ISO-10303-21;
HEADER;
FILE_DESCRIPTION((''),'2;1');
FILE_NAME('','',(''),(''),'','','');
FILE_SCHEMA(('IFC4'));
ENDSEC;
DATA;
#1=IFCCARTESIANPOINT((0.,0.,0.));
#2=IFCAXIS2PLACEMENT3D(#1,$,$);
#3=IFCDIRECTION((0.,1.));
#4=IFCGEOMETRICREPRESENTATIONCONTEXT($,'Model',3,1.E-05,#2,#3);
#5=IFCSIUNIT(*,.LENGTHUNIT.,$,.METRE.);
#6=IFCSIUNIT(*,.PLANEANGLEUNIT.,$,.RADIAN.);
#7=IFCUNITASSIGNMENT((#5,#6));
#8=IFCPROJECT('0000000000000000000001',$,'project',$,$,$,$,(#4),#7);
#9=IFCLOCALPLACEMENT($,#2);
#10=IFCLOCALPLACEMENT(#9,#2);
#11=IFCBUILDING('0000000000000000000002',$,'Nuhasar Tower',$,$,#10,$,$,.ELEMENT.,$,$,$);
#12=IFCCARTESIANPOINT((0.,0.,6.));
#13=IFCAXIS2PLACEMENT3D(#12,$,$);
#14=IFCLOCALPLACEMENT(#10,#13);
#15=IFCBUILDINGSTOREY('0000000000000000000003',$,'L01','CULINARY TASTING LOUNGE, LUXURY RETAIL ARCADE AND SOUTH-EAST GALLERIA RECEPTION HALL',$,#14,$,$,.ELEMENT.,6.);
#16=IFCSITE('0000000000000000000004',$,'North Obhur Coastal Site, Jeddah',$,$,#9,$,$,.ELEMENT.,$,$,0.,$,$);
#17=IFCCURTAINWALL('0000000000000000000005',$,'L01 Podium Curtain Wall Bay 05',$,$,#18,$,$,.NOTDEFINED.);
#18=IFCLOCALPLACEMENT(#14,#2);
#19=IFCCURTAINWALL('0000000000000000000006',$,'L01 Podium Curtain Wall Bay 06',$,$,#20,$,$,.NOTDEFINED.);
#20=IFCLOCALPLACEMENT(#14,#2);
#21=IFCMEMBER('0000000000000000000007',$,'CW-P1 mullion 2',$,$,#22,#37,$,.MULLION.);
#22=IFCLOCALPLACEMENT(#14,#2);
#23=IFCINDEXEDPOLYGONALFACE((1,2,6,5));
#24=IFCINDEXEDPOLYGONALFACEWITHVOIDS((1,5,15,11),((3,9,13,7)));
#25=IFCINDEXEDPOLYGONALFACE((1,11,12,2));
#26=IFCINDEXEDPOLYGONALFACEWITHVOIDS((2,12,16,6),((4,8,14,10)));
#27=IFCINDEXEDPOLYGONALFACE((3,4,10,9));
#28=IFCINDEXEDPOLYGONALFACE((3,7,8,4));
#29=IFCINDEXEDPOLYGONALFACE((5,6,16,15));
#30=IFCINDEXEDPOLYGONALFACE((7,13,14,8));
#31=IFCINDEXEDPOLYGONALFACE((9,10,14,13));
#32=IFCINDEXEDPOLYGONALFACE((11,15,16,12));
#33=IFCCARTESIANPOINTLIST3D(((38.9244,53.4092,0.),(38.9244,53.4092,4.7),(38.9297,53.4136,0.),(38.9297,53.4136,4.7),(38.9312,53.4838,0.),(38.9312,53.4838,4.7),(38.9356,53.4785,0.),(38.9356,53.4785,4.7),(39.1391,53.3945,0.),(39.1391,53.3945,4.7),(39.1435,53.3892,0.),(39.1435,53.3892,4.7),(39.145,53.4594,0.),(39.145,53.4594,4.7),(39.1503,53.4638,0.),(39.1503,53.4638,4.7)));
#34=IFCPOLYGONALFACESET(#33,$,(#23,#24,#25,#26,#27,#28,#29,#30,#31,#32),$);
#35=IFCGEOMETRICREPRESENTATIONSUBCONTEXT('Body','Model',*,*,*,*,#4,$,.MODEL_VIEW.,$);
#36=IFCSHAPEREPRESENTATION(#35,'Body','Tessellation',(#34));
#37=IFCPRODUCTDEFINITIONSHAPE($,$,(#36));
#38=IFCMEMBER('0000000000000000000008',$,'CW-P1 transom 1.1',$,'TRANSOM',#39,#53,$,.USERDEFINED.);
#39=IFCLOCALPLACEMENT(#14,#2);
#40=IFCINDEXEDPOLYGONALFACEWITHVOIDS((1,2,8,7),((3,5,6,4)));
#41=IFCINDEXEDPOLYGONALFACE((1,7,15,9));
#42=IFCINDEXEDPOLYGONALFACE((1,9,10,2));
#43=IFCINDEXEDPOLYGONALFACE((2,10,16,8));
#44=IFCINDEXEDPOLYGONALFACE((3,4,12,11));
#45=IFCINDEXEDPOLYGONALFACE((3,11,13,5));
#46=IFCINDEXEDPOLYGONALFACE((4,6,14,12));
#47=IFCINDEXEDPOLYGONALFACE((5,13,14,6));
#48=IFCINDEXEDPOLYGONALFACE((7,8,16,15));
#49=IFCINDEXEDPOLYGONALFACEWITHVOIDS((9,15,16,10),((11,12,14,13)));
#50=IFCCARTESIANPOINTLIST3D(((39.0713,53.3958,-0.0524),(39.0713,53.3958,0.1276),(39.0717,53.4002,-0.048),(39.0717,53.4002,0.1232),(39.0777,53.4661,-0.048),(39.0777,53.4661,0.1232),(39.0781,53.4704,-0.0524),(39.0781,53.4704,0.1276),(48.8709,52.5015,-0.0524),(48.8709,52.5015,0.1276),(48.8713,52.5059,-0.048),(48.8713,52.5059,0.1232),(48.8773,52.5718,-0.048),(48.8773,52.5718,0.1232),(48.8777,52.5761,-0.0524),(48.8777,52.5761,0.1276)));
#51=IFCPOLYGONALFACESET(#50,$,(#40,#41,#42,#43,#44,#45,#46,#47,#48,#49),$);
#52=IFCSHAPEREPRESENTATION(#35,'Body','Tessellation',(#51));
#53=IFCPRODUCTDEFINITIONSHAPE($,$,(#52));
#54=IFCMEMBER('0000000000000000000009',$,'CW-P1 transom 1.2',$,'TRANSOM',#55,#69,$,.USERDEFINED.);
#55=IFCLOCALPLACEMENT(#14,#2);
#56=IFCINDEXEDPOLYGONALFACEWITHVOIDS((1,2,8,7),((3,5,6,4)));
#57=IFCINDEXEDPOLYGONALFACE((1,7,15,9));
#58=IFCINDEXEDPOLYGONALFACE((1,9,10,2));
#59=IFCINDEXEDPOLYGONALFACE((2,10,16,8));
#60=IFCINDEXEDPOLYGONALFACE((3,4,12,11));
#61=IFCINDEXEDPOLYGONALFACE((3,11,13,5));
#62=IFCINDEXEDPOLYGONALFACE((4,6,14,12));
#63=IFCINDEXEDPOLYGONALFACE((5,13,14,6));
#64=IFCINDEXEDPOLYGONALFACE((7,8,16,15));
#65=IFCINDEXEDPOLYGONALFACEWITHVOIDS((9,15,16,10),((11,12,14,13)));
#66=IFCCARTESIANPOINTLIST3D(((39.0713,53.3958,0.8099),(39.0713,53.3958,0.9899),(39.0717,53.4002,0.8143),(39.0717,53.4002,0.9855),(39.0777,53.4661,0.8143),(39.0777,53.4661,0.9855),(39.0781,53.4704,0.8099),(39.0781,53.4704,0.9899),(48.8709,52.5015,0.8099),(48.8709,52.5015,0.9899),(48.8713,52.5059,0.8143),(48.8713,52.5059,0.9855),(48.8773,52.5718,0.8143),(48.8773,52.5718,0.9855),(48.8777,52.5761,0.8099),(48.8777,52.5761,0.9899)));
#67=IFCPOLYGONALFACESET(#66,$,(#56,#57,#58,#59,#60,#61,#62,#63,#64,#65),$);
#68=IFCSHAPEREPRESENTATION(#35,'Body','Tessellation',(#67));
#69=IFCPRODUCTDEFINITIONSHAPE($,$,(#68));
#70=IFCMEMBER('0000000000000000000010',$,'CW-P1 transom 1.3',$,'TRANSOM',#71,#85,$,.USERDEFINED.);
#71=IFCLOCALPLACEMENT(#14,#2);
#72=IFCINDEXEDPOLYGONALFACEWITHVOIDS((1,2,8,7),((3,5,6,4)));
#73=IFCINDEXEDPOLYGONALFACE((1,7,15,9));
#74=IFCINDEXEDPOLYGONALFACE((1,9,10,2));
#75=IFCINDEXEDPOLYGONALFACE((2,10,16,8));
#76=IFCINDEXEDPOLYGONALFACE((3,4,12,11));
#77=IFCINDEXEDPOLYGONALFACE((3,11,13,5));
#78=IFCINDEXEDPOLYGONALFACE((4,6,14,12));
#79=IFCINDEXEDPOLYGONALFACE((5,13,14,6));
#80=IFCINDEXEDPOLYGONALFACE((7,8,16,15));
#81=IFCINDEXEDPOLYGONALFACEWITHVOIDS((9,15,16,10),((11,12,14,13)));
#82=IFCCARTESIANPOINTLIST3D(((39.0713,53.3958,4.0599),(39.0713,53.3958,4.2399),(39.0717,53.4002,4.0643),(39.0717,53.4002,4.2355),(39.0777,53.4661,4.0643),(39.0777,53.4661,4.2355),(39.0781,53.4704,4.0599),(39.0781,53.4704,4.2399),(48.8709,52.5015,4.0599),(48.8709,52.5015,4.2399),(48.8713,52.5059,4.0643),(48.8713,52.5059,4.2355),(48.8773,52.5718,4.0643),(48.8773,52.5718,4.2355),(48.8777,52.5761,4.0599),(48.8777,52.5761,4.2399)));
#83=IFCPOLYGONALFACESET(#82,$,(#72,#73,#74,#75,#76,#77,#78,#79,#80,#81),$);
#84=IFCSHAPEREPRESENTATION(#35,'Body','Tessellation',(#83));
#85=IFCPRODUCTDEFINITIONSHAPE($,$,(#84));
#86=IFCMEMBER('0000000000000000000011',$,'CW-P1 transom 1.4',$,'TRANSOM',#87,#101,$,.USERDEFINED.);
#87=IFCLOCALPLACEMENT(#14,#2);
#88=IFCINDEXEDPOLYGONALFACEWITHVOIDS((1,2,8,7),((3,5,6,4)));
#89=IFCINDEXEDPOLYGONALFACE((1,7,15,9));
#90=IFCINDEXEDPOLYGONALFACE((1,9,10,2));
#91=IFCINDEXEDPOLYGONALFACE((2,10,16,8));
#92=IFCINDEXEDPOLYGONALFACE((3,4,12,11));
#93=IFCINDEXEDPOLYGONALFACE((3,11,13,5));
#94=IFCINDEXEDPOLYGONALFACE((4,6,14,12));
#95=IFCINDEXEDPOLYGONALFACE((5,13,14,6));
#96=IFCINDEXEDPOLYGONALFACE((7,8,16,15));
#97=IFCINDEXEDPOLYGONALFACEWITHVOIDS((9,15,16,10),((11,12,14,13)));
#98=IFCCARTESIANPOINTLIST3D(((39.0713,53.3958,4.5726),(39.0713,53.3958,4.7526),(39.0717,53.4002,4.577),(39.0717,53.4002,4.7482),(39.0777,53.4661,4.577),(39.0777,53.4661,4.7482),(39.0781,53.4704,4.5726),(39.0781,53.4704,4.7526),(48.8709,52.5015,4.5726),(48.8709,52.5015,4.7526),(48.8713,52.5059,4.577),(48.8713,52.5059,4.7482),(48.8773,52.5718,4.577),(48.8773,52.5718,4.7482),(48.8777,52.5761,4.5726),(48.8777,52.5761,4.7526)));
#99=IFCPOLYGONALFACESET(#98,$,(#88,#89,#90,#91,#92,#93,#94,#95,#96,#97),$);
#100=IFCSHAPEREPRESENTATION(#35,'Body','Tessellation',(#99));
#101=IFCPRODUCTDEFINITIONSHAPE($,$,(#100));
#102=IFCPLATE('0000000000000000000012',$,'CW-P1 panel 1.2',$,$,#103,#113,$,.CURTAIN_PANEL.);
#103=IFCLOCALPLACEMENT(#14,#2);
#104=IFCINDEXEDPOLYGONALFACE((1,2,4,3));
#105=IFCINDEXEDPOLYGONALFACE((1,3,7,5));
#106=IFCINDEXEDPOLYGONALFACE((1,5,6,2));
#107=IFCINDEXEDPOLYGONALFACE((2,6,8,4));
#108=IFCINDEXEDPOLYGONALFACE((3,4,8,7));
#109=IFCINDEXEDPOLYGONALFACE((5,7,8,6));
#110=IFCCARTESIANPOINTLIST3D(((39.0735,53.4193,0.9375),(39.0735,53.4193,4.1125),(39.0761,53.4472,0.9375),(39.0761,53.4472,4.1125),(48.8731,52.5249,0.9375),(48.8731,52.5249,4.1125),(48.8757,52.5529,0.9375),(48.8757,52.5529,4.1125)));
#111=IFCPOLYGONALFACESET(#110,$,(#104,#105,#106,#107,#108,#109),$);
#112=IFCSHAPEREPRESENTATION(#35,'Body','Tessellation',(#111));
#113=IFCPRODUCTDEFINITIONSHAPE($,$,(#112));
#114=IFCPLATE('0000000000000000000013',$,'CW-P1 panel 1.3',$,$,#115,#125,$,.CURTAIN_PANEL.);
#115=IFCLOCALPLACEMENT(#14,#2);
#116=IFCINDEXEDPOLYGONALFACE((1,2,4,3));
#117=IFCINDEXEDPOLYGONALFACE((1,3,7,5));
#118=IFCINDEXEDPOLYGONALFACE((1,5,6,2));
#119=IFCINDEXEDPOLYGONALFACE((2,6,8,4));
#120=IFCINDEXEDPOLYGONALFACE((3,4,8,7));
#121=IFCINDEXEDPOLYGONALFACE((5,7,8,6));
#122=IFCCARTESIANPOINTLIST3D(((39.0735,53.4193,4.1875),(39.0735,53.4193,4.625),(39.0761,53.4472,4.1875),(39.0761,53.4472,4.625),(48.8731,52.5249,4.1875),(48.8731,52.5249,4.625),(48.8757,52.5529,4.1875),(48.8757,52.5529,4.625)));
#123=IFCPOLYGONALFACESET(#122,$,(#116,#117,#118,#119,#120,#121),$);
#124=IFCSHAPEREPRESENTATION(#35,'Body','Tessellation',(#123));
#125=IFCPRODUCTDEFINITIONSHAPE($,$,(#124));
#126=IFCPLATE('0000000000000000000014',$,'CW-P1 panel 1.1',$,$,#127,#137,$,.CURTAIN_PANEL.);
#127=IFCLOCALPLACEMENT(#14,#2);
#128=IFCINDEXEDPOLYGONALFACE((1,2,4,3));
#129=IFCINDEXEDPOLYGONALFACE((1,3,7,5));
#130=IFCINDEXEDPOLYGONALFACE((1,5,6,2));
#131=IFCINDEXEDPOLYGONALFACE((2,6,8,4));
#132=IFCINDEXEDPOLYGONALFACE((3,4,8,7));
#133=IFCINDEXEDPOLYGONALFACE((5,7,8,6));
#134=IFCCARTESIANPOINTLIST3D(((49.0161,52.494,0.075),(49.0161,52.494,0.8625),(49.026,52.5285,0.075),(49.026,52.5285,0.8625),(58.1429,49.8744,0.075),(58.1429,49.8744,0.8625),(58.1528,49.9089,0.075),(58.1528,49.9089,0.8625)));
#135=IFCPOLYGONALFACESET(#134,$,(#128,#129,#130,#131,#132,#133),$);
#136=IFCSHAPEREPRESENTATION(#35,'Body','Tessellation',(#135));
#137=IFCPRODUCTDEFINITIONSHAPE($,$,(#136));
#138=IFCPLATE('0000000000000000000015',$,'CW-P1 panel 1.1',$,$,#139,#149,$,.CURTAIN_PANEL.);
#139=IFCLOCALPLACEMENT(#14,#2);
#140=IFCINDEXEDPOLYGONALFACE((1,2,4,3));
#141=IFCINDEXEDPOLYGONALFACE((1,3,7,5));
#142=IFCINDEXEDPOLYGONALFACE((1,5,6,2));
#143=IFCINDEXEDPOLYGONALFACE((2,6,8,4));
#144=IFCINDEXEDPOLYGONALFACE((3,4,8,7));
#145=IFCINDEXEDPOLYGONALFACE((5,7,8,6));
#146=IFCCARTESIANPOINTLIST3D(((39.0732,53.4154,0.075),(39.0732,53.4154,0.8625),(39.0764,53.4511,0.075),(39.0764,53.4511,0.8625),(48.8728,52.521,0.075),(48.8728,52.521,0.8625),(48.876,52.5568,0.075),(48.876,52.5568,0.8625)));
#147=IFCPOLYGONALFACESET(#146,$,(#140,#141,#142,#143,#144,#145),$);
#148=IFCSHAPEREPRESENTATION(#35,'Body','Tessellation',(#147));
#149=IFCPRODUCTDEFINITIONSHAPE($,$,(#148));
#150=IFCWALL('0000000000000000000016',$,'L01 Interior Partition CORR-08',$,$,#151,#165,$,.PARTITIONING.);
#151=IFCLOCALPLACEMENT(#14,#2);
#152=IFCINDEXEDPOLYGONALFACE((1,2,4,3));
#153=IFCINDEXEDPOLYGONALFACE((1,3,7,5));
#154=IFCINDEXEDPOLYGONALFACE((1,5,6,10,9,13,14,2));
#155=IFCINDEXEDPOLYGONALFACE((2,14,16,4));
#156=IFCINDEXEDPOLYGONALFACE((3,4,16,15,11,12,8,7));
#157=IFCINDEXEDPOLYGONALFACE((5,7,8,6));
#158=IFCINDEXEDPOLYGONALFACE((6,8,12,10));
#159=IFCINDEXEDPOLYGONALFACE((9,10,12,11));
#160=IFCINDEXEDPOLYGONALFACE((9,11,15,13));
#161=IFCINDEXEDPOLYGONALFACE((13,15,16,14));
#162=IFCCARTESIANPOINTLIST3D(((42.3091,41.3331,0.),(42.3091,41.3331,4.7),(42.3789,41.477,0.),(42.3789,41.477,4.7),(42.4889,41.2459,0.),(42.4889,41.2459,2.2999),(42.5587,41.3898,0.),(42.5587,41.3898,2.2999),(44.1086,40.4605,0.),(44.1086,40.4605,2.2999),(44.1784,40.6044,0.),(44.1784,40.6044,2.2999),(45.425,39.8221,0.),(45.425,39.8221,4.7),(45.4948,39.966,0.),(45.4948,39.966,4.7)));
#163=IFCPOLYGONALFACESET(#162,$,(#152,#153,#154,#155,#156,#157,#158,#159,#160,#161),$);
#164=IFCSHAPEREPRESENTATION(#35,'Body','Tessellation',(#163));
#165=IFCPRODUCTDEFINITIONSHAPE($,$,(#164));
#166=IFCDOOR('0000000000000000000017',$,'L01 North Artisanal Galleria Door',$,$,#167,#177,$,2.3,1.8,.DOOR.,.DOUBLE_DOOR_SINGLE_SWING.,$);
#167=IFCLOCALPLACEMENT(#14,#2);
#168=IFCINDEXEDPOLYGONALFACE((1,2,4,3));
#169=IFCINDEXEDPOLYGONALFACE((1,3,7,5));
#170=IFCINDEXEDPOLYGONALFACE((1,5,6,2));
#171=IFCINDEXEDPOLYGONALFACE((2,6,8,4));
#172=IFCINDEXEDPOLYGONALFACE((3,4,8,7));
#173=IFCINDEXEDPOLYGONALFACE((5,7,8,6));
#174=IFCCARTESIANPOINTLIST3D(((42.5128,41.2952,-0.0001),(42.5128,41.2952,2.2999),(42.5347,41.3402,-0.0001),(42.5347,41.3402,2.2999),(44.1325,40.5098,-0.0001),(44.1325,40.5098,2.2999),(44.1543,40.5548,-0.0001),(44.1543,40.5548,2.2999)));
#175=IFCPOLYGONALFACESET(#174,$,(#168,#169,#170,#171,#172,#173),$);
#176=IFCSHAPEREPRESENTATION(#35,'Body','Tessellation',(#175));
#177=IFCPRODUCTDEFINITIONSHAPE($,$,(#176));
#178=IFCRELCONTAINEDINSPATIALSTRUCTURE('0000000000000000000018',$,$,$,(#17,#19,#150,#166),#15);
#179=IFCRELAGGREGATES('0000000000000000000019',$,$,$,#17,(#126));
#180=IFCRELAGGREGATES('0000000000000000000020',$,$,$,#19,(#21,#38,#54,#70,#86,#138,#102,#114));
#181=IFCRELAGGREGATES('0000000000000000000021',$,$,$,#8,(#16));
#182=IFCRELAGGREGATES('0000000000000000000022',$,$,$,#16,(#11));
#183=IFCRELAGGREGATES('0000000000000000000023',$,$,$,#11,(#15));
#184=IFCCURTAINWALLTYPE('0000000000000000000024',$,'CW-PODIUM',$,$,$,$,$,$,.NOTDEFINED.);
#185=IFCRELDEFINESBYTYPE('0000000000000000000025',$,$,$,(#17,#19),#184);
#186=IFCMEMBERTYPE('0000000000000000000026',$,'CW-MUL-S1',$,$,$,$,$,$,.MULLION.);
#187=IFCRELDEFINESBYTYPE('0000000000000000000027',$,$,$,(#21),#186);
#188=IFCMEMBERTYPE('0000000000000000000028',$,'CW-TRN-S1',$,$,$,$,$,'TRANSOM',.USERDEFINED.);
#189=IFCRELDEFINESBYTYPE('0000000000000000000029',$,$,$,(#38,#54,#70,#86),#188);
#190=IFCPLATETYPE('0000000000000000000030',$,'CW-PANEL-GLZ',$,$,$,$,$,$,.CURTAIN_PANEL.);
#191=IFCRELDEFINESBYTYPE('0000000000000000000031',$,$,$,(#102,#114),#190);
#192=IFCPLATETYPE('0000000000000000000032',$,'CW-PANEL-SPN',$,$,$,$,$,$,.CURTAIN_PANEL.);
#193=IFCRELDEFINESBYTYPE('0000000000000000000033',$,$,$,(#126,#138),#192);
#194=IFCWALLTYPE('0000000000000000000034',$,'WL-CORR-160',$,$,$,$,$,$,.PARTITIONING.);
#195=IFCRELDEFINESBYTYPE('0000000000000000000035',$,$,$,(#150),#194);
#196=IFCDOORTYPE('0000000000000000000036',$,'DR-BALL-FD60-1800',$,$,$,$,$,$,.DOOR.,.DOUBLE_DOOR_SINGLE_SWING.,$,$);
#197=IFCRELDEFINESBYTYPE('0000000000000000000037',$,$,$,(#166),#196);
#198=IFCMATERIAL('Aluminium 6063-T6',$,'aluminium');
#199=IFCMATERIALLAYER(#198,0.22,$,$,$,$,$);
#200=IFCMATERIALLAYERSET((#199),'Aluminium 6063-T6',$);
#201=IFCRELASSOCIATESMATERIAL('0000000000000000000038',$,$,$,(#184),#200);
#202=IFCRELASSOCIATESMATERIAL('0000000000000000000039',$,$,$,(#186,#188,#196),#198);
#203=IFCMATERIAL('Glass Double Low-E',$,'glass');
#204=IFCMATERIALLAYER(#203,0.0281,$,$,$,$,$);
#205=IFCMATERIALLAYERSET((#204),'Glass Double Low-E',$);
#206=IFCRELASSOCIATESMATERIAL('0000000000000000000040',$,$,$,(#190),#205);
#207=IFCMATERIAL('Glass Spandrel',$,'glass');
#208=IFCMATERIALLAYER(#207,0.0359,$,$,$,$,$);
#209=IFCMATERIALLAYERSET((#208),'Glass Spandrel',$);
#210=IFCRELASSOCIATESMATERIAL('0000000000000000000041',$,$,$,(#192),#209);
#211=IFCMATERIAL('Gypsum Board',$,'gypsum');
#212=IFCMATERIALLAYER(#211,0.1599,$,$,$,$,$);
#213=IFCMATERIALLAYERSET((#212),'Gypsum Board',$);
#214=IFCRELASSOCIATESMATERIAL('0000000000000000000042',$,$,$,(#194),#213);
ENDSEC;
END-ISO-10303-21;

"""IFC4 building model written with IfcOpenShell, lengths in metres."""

from ifc_helpers import new_model, si_unit, direction, frame, frame_2d, origin, origin_2d, place, context, subcontext, project, spatial, rectangle, hollow_rectangle, extrude, material, layer, layer_set, material_profile, profile_set, type_object, element, fill, aggregate, save


model = new_model("IFC4")

# Units and contexts
model_context = context("Model", 3, precision=1e-05, world=origin(), true_north=direction((0.0, 1.0)))
body_context = subcontext(model_context, "Body", "Model", "MODEL_VIEW")
ifc_project = project(units=[si_unit("LENGTHUNIT", "METRE"), si_unit("PLANEANGLEUNIT", "RADIAN")], contexts=[model_context])

# Site, building, storey
site_placement = place(None, origin())
site = spatial("IfcSite", under=ifc_project, at=site_placement, Name="North Obhur Coastal Site, Jeddah", CompositionType="ELEMENT", RefElevation=0.0)
building_placement = place(site_placement, origin())
building = spatial("IfcBuilding", under=site, at=building_placement, Name="Nuhasar Tower", CompositionType="ELEMENT")
storey_placement = place(building_placement, frame((0.0, 0.0, 6.0)))
storey = spatial("IfcBuildingStorey", under=building, at=storey_placement, Name="L01", Description="CULINARY TASTING LOUNGE, LUXURY RETAIL ARCADE AND SOUTH-EAST GALLERIA RECEPTION HALL", CompositionType="ELEMENT", Elevation=6.0)

# Curtain wall
ifc_material_1 = material(Name="Aluminium 6063-T6", Category="aluminium")
ifc_layer_1 = layer(ifc_material_1, 0.22)
ifc_layer_set_1 = layer_set([ifc_layer_1], Name="Aluminium 6063-T6")
curtain_wall_type = type_object("IfcCurtainWallType", Name="CW-PODIUM", PredefinedType="NOTDEFINED", material=ifc_layer_set_1)
curtain_wall_1_placement = place(storey_placement, origin())
curtain_wall_1 = element("IfcCurtainWall", 1, at=curtain_wall_1_placement, inside=storey, type_object=curtain_wall_type, Name="L01 Podium Curtain Wall Bay 05", PredefinedType="NOTDEFINED")
ifc_material_profile_1 = material_profile(ifc_material_1, hollow_rectangle(XDim=0.075, YDim=0.22, WallThickness=0.0049, at=origin_2d()), Name="CWM-1")
ifc_profile_set_1 = profile_set([ifc_material_profile_1], Name="Aluminium 6063-T6")
member_type_1 = type_object("IfcMemberType", Name="CW-MUL-S1", PredefinedType="MULLION", material=ifc_profile_set_1)

# Curtain wall, members, plates
curtain_wall_2_placement = place(storey_placement, origin())
curtain_wall_2 = element("IfcCurtainWall", 2, at=curtain_wall_2_placement, inside=storey, type_object=curtain_wall_type, Name="L01 Podium Curtain Wall Bay 06", PredefinedType="NOTDEFINED")
member_1_placement = place(storey_placement, frame((39.0374, 53.4365, 0.0), z_axis=(0.0, 0.0, 1.0), x_axis=(-0.090888, -0.995861, 0.0)))
member_1 = element("IfcMember", 3, at=member_1_placement, type_object=member_type_1, Name="CW-P1 mullion 2", PredefinedType="MULLION", context=body_context, shape_type="SweptSolid", body=[
    extrude(hollow_rectangle(XDim=0.075, YDim=0.22, WallThickness=0.0049, at=origin_2d()), origin(), (0.0, 0.0, 1.0), 4.7),
])
ifc_material_profile_2 = material_profile(ifc_material_1, hollow_rectangle(XDim=0.075, YDim=0.1799, WallThickness=0.0044, at=origin_2d()), Name="CWT-1")
ifc_profile_set_2 = profile_set([ifc_material_profile_2], Name="Aluminium 6063-T6")
member_type_2 = type_object("IfcMemberType", Name="CW-TRN-S1", ElementType="TRANSOM", PredefinedType="USERDEFINED", material=ifc_profile_set_2)
member_2_placement = place(storey_placement, frame((48.8743, 52.5388, 0.0376), z_axis=(-0.995862, 0.09088, 0.0), x_axis=(-0.09088, -0.995862, 0.0)))
member_2 = element("IfcMember", 4, at=member_2_placement, type_object=member_type_2, Name="CW-P1 transom 1.1", ObjectType="TRANSOM", PredefinedType="USERDEFINED", context=body_context, shape_type="SweptSolid", body=[
    extrude(hollow_rectangle(XDim=0.075, YDim=0.1799, WallThickness=0.0044, at=origin_2d()), origin(), (0.0, 0.0, 1.0), 9.8403),
])
member_3_placement = place(storey_placement, frame((48.8743, 52.5388, 0.8999), z_axis=(-0.995862, 0.09088, 0.0), x_axis=(-0.09088, -0.995862, 0.0)))
member_3 = element("IfcMember", 5, at=member_3_placement, type_object=member_type_2, Name="CW-P1 transom 1.2", ObjectType="TRANSOM", PredefinedType="USERDEFINED", context=body_context, shape_type="SweptSolid", body=[
    extrude(hollow_rectangle(XDim=0.075, YDim=0.1799, WallThickness=0.0044, at=origin_2d()), origin(), (0.0, 0.0, 1.0), 9.8403),
])
member_4_placement = place(storey_placement, frame((48.8743, 52.5388, 4.1499), z_axis=(-0.995862, 0.09088, 0.0), x_axis=(-0.09088, -0.995862, 0.0)))
member_4 = element("IfcMember", 6, at=member_4_placement, type_object=member_type_2, Name="CW-P1 transom 1.3", ObjectType="TRANSOM", PredefinedType="USERDEFINED", context=body_context, shape_type="SweptSolid", body=[
    extrude(hollow_rectangle(XDim=0.075, YDim=0.1799, WallThickness=0.0044, at=origin_2d()), origin(), (0.0, 0.0, 1.0), 9.8403),
])
member_5_placement = place(storey_placement, frame((48.8743, 52.5388, 4.6626), z_axis=(-0.995862, 0.09088, 0.0), x_axis=(-0.09088, -0.995862, 0.0)))
member_5 = element("IfcMember", 7, at=member_5_placement, type_object=member_type_2, Name="CW-P1 transom 1.4", ObjectType="TRANSOM", PredefinedType="USERDEFINED", context=body_context, shape_type="SweptSolid", body=[
    extrude(hollow_rectangle(XDim=0.075, YDim=0.1799, WallThickness=0.0044, at=origin_2d()), origin(), (0.0, 0.0, 1.0), 9.8403),
])
ifc_material_2 = material(Name="Glass Double Low-E", Category="glass")
ifc_layer_2 = layer(ifc_material_2, 0.0281)
ifc_layer_set_2 = layer_set([ifc_layer_2], Name="Glass Double Low-E")
plate_type_1 = type_object("IfcPlateType", Name="CW-PANEL-GLZ", PredefinedType="CURTAIN_PANEL", material=ifc_layer_set_2)
plate_1_placement = place(storey_placement, frame((43.9746, 52.9861, 0.9375), z_axis=(0.0, 0.0, 1.0), x_axis=(-0.995861, 0.090888, 0.0)))
plate_1 = element("IfcPlate", 8, at=plate_1_placement, type_object=plate_type_1, Name="CW-P1 panel 1.2", PredefinedType="CURTAIN_PANEL", context=body_context, shape_type="SweptSolid", body=[
    extrude(rectangle(XDim=9.8403, YDim=0.0281, at=origin_2d()), origin(), (0.0, 0.0, 1.0), 3.175),
])
plate_2_placement = place(storey_placement, frame((43.9746, 52.9861, 4.1875), z_axis=(0.0, 0.0, 1.0), x_axis=(-0.995861, 0.090888, 0.0)))
plate_2 = element("IfcPlate", 9, at=plate_2_placement, type_object=plate_type_1, Name="CW-P1 panel 1.3", PredefinedType="CURTAIN_PANEL", context=body_context, shape_type="SweptSolid", body=[
    extrude(rectangle(XDim=9.8403, YDim=0.0281, at=origin_2d()), origin(), (0.0, 0.0, 1.0), 0.4375),
])

# Plates
ifc_material_3 = material(Name="Glass Spandrel", Category="glass")
ifc_layer_3 = layer(ifc_material_3, 0.0359)
ifc_layer_set_3 = layer_set([ifc_layer_3], Name="Glass Spandrel")
plate_type_2 = type_object("IfcPlateType", Name="CW-PANEL-SPN", PredefinedType="CURTAIN_PANEL", material=ifc_layer_set_3)
plate_3_placement = place(storey_placement, frame((53.5845, 51.2014, 0.075), z_axis=(0.0, 0.0, 1.0), x_axis=(-0.961191, 0.275885, 0.0)))
plate_3 = element("IfcPlate", 10, at=plate_3_placement, type_object=plate_type_2, Name="CW-P1 panel 1.1", PredefinedType="CURTAIN_PANEL", context=body_context, shape_type="SweptSolid", body=[
    extrude(rectangle(XDim=9.4954, YDim=0.0359, at=origin_2d()), origin(), (0.0, 0.0, 1.0), 0.7876),
])
aggregate(curtain_wall_1, [plate_3])
plate_4_placement = place(storey_placement, frame((43.9746, 52.9861, 0.075), z_axis=(0.0, 0.0, 1.0), x_axis=(-0.995861, 0.090888, 0.0)))
plate_4 = element("IfcPlate", 11, at=plate_4_placement, type_object=plate_type_2, Name="CW-P1 panel 1.1", PredefinedType="CURTAIN_PANEL", context=body_context, shape_type="SweptSolid", body=[
    extrude(rectangle(XDim=9.8403, YDim=0.0359, at=origin_2d()), origin(), (0.0, 0.0, 1.0), 0.7876),
])
aggregate(curtain_wall_2, [member_1, member_2, member_3, member_4, member_5, plate_4, plate_1, plate_2])

# Wall, opening, door
ifc_material_4 = material(Name="Gypsum Board", Category="gypsum")
ifc_layer_4 = layer(ifc_material_4, 0.1599)
ifc_layer_set_4 = layer_set([ifc_layer_4], Name="Gypsum Board")
wall_type_1 = type_object("IfcWallType", Name="WL-CORR-160", PredefinedType="PARTITIONING", material=ifc_layer_set_4)
wall_1_placement = place(storey_placement, frame((42.344, 41.405, 0.0), z_axis=(0.0, 0.0, 1.0), x_axis=(0.89979, -0.436324, 0.0)))
wall_1 = element("IfcWall", 12, at=wall_1_placement, inside=storey, type_object=wall_type_1, Name="L01 Interior Partition CORR-08", PredefinedType="PARTITIONING", context=body_context, shape_type="SweptSolid", body=[
    extrude(rectangle(XDim=3.4629, YDim=0.1599, at=frame_2d((1.7314, 0.0))), origin(), (0.0, 0.0, 1.0), 4.7),
])
opening_1_placement = place(wall_1_placement, frame((0.2, 0.0, 0.0)))
opening_1 = element("IfcOpeningElement", 13, at=opening_1_placement, cuts=wall_1, PredefinedType="OPENING", context=body_context, shape_type="SweptSolid", body=[
    extrude(rectangle(XDim=1.8, YDim=2.3, at=frame_2d((0.8999, 1.1499))), frame((0.0, 0.0898, 0.0), z_axis=(0.0, -1.0, 0.0), x_axis=(1.0, 0.0, 0.0)), (0.0, 0.0, 1.0), 0.1799),
])
door_type_1 = type_object("IfcDoorType", Name="DR-BALL-FD60-1800", OperationType="DOUBLE_DOOR_SINGLE_SWING", PredefinedType="DOOR", material=ifc_material_1)
door_1_placement = place(opening_1_placement, origin())
door_1 = element("IfcDoor", 14, at=door_1_placement, inside=storey, type_object=door_type_1, Name="L01 North Artisanal Galleria Door", OperationType="DOUBLE_DOOR_SINGLE_SWING", OverallHeight=2.3, OverallWidth=1.8, PredefinedType="DOOR", context=body_context, shape_type="SweptSolid", body=[
    extrude(rectangle(XDim=1.8, YDim=2.3, at=frame_2d((0.8999, 1.1499))), frame((0.0, 0.0249, 0.0), z_axis=(0.0, -1.0, 0.0), x_axis=(1.0, 0.0, 0.0)), (0.0, 0.0, 1.0), 0.05),
])
fill(opening_1, door_1)

save(model, "model.ifc")
